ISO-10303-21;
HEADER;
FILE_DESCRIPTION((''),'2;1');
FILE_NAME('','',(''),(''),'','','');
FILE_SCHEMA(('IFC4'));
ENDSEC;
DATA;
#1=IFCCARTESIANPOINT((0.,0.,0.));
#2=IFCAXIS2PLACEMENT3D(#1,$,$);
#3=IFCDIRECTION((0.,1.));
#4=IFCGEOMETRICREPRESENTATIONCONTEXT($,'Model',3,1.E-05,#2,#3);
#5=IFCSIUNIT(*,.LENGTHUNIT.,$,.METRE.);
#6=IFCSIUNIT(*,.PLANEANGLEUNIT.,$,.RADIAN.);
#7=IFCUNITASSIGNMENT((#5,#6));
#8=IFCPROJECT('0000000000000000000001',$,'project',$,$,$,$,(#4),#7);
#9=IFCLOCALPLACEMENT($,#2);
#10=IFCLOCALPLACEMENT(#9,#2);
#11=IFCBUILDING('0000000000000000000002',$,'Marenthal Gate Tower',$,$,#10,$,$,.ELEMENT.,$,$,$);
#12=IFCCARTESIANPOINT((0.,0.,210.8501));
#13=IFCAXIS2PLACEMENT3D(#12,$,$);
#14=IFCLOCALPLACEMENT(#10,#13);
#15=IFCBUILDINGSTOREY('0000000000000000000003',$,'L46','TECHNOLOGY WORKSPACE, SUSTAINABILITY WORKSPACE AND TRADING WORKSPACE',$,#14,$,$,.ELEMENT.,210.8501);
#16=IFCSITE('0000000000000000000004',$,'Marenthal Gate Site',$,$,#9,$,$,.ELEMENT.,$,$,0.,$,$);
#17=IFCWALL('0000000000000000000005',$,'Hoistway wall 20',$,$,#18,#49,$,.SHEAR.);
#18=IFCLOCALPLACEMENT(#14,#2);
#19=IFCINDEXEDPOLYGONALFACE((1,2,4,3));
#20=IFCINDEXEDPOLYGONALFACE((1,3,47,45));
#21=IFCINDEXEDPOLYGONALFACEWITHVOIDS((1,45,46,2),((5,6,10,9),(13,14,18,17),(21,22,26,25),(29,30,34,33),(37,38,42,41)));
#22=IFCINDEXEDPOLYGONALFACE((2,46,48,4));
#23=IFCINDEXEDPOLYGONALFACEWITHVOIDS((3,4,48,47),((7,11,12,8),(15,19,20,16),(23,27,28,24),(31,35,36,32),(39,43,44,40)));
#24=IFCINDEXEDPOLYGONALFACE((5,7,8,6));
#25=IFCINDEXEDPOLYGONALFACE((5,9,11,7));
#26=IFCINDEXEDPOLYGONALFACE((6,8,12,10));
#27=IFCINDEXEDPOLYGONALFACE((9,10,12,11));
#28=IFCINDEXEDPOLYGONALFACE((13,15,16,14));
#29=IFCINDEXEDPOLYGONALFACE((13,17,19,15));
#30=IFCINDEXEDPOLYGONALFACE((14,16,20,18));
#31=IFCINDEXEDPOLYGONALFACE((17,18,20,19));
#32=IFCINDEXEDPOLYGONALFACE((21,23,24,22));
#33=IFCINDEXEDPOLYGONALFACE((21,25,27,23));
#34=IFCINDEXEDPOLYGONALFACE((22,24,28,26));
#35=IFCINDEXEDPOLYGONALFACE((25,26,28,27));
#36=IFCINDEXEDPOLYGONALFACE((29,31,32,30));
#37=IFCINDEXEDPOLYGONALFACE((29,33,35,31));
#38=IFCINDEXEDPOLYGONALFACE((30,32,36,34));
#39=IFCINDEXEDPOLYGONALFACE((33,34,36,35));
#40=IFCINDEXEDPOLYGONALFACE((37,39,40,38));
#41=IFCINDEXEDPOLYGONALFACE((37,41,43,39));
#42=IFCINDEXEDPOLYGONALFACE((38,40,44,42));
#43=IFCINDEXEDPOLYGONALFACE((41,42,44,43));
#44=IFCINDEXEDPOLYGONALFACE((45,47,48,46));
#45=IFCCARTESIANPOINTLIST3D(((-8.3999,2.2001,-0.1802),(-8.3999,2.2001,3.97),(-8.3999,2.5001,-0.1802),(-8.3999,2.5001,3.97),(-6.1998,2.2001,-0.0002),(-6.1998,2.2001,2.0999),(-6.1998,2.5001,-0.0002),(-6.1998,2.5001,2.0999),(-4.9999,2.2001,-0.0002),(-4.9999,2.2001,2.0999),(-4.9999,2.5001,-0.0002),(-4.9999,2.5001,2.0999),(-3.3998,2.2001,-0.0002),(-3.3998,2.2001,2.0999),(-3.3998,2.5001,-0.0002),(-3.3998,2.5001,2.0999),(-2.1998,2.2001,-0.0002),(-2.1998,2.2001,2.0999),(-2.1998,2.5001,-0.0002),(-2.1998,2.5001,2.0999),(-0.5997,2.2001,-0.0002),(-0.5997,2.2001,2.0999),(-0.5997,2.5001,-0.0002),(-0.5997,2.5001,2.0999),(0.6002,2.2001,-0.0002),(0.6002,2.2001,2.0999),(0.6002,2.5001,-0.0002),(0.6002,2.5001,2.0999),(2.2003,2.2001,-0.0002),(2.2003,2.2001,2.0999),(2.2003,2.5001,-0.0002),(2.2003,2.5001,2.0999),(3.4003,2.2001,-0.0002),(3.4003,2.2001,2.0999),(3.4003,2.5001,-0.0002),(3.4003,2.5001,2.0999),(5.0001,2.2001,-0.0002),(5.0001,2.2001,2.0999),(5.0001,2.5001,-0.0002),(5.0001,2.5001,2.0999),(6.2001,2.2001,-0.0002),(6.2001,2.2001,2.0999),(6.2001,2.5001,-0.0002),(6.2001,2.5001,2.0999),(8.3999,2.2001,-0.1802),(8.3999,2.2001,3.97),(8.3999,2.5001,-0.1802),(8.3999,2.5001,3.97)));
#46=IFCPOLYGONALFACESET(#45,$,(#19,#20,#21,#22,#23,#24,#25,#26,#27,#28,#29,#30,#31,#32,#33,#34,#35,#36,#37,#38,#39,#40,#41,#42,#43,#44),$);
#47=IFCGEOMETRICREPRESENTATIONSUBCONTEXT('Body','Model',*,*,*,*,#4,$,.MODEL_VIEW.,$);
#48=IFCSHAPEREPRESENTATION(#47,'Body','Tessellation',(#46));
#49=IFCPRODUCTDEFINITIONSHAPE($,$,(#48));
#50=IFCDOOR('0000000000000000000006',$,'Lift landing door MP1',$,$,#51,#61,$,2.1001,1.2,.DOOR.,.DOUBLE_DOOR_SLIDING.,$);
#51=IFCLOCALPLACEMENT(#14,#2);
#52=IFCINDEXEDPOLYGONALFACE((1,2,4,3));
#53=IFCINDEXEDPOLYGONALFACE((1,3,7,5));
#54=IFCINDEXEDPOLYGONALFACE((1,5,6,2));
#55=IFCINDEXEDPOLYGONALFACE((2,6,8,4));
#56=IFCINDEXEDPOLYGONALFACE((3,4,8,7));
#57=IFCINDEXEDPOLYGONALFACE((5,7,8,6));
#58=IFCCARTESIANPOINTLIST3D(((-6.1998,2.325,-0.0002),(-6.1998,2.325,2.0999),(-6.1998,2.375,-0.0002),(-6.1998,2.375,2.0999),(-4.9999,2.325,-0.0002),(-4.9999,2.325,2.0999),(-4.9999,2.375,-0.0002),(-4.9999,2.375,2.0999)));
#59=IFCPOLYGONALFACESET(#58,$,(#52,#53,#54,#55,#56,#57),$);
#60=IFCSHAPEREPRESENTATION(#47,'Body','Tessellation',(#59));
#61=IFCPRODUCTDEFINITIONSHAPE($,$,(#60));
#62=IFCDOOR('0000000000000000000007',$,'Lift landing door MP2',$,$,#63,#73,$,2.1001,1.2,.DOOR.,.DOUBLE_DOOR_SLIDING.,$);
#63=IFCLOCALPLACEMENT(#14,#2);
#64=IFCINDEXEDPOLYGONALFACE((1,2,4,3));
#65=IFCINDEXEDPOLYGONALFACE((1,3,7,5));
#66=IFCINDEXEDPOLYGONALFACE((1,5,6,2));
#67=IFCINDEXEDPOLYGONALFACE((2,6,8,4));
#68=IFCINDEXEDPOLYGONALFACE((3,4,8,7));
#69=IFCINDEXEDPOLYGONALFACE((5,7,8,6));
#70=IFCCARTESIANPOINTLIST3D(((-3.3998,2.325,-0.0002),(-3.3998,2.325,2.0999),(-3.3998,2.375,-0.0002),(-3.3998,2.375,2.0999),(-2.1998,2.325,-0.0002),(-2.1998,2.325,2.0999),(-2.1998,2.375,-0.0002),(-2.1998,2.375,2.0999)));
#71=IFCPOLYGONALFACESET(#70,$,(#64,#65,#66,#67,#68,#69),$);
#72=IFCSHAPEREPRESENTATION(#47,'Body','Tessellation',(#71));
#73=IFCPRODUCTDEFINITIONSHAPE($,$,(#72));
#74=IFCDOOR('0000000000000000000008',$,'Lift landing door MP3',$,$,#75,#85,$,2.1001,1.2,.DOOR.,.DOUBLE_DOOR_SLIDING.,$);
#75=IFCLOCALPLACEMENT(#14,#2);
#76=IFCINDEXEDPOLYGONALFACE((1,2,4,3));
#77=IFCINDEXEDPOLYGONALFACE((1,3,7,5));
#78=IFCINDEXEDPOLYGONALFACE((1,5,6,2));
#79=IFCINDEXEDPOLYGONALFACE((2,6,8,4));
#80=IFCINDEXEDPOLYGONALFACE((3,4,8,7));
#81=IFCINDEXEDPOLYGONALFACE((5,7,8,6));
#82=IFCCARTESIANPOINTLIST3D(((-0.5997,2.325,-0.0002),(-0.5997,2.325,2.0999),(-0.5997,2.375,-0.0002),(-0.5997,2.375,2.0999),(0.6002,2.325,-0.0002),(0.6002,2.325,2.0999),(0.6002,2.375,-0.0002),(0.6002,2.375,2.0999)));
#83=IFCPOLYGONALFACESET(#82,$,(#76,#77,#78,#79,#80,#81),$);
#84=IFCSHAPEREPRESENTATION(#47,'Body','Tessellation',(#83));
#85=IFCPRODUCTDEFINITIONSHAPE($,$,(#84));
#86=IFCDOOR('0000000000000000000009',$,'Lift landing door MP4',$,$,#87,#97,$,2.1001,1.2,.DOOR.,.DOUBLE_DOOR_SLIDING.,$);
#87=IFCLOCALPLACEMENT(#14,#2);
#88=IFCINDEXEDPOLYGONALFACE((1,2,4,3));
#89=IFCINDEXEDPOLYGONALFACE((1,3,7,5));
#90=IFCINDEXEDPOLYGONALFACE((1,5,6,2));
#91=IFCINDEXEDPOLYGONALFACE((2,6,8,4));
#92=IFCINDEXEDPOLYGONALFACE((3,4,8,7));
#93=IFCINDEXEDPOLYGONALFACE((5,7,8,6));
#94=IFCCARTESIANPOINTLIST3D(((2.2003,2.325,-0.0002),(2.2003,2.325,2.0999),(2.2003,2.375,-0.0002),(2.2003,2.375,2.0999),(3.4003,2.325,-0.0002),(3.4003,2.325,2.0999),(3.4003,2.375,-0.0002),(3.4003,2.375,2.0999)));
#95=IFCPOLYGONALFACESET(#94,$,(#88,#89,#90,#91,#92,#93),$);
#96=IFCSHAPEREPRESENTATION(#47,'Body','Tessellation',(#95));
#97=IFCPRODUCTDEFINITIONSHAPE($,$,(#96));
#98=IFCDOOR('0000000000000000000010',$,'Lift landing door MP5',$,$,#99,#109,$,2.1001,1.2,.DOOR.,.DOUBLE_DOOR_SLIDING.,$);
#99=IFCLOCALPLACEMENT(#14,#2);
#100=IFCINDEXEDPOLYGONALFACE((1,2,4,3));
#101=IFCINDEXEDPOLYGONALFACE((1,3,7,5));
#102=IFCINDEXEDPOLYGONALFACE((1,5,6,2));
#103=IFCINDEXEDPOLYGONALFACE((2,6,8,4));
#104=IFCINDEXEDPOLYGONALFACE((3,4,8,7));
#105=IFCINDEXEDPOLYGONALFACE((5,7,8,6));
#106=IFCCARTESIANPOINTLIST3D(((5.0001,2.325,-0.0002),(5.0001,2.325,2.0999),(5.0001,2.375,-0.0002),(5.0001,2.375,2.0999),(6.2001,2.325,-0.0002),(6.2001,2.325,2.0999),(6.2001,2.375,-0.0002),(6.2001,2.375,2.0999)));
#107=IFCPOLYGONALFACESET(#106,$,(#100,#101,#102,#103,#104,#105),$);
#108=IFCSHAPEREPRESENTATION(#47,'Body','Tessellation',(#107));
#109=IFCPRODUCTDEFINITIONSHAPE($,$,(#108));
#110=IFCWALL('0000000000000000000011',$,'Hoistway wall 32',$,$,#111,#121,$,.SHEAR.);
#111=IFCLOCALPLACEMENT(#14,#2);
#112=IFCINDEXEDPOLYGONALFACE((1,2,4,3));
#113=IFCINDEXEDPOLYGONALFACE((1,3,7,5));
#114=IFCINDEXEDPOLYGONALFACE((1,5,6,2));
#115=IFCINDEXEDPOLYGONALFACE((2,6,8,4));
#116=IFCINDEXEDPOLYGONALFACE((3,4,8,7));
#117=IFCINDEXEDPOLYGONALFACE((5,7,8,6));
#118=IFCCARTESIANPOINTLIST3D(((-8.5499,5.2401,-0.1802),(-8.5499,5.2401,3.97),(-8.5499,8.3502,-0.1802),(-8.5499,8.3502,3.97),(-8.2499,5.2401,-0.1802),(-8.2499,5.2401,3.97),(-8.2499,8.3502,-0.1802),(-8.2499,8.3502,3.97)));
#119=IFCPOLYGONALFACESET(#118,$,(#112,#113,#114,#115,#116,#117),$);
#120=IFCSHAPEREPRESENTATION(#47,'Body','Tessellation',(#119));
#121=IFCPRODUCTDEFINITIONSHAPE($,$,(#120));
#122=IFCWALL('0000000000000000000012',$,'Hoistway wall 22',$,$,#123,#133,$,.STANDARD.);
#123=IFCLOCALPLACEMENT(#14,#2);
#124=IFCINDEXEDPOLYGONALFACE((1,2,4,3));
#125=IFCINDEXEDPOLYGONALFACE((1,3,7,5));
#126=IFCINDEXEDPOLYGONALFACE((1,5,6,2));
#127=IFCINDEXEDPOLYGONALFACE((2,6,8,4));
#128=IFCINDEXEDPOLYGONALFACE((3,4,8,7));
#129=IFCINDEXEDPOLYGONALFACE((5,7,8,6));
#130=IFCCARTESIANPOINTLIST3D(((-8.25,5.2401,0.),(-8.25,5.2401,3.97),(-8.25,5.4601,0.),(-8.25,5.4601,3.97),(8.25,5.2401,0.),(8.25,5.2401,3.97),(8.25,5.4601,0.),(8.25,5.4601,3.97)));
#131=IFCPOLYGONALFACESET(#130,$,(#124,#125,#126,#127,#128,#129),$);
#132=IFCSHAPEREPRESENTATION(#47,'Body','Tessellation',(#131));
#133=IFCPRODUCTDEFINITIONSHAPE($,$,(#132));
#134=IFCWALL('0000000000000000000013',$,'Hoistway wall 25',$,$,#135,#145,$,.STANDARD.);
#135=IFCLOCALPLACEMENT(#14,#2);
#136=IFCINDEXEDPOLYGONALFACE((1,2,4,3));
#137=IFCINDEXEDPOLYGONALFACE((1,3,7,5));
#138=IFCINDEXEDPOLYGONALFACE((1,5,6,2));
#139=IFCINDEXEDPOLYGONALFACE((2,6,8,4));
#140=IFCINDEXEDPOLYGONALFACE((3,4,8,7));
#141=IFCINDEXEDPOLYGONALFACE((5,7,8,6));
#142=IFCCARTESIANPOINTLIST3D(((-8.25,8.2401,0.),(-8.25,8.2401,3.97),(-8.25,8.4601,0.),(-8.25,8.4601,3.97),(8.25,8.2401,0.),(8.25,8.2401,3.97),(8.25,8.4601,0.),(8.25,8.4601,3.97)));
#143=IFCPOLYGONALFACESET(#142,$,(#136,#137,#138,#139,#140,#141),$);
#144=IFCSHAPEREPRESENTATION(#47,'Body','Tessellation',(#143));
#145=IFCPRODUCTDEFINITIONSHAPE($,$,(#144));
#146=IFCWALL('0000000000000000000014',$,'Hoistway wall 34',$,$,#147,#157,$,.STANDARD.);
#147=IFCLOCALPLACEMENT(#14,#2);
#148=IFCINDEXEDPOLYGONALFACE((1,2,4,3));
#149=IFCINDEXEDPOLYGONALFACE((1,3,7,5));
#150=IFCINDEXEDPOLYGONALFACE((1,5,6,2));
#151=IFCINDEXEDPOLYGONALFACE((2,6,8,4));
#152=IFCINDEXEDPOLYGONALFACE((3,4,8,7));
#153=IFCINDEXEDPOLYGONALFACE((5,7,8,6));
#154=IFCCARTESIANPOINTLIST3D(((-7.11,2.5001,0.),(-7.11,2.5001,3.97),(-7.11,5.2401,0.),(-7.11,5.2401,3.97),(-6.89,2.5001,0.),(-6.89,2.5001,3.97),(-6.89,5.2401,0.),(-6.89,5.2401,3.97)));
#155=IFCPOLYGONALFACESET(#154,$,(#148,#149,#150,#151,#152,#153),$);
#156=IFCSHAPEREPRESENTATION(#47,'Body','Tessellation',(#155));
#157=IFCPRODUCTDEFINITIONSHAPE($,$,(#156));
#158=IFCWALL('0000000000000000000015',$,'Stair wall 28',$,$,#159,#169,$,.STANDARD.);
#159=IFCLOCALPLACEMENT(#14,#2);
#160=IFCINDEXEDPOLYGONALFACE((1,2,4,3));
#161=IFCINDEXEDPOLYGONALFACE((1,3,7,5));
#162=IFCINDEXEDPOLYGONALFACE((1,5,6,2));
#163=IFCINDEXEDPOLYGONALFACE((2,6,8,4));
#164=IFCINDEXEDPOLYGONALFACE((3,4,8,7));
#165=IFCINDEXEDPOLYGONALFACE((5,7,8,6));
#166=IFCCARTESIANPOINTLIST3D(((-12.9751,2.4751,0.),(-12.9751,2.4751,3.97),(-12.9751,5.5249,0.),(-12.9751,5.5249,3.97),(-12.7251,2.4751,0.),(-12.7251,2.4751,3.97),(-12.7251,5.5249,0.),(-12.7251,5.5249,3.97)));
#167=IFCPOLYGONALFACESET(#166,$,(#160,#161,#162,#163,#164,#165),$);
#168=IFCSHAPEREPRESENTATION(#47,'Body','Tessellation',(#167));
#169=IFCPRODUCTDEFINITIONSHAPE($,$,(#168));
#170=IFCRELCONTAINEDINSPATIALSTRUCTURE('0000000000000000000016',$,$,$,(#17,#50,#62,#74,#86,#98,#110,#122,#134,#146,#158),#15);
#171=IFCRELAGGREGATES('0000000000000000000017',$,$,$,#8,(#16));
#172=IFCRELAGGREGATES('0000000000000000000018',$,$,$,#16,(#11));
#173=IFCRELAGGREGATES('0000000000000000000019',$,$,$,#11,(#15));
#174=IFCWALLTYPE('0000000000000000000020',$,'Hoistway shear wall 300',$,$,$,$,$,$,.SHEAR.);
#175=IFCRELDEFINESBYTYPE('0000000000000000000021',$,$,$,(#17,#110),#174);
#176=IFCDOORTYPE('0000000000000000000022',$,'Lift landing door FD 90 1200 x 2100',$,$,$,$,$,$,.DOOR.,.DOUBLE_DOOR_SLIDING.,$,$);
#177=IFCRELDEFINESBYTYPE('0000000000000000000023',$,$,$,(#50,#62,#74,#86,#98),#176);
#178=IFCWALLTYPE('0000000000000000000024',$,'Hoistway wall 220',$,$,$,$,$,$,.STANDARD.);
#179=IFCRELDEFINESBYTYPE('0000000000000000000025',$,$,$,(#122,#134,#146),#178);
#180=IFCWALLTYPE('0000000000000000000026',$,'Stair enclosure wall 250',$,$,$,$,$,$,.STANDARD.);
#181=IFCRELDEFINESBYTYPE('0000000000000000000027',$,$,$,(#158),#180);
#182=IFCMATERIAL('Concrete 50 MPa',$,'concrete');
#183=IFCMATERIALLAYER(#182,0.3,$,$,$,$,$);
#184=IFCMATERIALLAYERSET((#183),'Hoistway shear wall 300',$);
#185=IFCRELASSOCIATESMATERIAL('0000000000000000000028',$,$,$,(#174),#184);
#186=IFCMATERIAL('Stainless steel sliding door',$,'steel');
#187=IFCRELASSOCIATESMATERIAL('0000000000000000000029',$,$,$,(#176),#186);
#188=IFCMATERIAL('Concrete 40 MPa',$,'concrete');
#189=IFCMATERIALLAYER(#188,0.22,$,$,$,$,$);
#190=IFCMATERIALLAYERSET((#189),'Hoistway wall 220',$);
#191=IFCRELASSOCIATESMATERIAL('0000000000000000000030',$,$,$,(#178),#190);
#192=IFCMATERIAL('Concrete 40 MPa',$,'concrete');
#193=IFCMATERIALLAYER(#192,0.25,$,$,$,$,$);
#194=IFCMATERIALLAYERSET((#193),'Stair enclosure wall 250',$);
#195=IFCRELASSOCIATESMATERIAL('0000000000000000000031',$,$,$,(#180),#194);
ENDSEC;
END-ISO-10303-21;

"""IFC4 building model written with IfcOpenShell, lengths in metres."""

from ifc_helpers import new_model, si_unit, direction, frame, frame_2d, origin, place, context, subcontext, project, spatial, rectangle, extrude, material, layer, layer_set, type_object, element, fill, save


model = new_model("IFC4")

# Units and contexts
model_context = context("Model", 3, precision=1e-05, world=origin(), true_north=direction((0.0, 1.0)))
body_context = subcontext(model_context, "Body", "Model", "MODEL_VIEW")
ifc_project = project(units=[si_unit("LENGTHUNIT", "METRE"), si_unit("PLANEANGLEUNIT", "RADIAN")], contexts=[model_context])

# Site, building, storey
site_placement = place(None, origin())
site = spatial("IfcSite", under=ifc_project, at=site_placement, Name="Marenthal Gate Site", CompositionType="ELEMENT", RefElevation=0.0)
building_placement = place(site_placement, origin())
building = spatial("IfcBuilding", under=site, at=building_placement, Name="Marenthal Gate Tower", CompositionType="ELEMENT")
storey_placement = place(building_placement, frame((0.0, 0.0, 210.8501)))
storey = spatial("IfcBuildingStorey", under=building, at=storey_placement, Name="L46", Description="TECHNOLOGY WORKSPACE, SUSTAINABILITY WORKSPACE AND TRADING WORKSPACE", CompositionType="ELEMENT", Elevation=210.8501)

# Wall, openings, doors
ifc_material_1 = material(Name="Concrete 50 MPa", Category="concrete")
ifc_layer_1 = layer(ifc_material_1, 0.3)
ifc_layer_set_1 = layer_set([ifc_layer_1], Name="Hoistway shear wall 300")
wall_type_1 = type_object("IfcWallType", Name="Hoistway shear wall 300", PredefinedType="SHEAR", material=ifc_layer_set_1)
wall_1_placement = place(storey_placement, frame((-8.3999, 2.3501, -0.1802), z_axis=(0.0, 0.0, 1.0), x_axis=(1.0, 0.0, 0.0)))
wall_1 = element("IfcWall", 1, at=wall_1_placement, inside=storey, type_object=wall_type_1, Name="Hoistway wall 20", PredefinedType="SHEAR", context=body_context, shape_type="SweptSolid", body=[
    extrude(rectangle(XDim=16.7998, YDim=0.3, at=frame_2d((8.3999, 0.0))), origin(), (0.0, 0.0, 1.0), 4.1501),
])
opening_1_placement = place(wall_1_placement, frame((2.2, 0.0, 0.1799)))
opening_1 = element("IfcOpeningElement", 2, at=opening_1_placement, cuts=wall_1, PredefinedType="OPENING", context=body_context, shape_type="SweptSolid", body=[
    extrude(rectangle(XDim=1.2, YDim=2.1001, at=frame_2d((0.6001, 1.05))), frame((0.0, 0.1602, 0.0), z_axis=(0.0, -1.0, 0.0), x_axis=(1.0, 0.0, 0.0)), (0.0, 0.0, 1.0), 0.3201),
])
opening_2_placement = place(wall_1_placement, frame((5.0, 0.0, 0.1799)))
opening_2 = element("IfcOpeningElement", 3, at=opening_2_placement, cuts=wall_1, PredefinedType="OPENING", context=body_context, shape_type="SweptSolid", body=[
    extrude(rectangle(XDim=1.2, YDim=2.1001, at=frame_2d((0.6001, 1.05))), frame((0.0, 0.1602, 0.0), z_axis=(0.0, -1.0, 0.0), x_axis=(1.0, 0.0, 0.0)), (0.0, 0.0, 1.0), 0.3201),
])
opening_3_placement = place(wall_1_placement, frame((7.8, 0.0, 0.1799)))
opening_3 = element("IfcOpeningElement", 4, at=opening_3_placement, cuts=wall_1, PredefinedType="OPENING", context=body_context, shape_type="SweptSolid", body=[
    extrude(rectangle(XDim=1.2, YDim=2.1001, at=frame_2d((0.6001, 1.05))), frame((0.0, 0.1602, 0.0), z_axis=(0.0, -1.0, 0.0), x_axis=(1.0, 0.0, 0.0)), (0.0, 0.0, 1.0), 0.3201),
])
opening_4_placement = place(wall_1_placement, frame((10.6001, 0.0, 0.1799)))
opening_4 = element("IfcOpeningElement", 5, at=opening_4_placement, cuts=wall_1, PredefinedType="OPENING", context=body_context, shape_type="SweptSolid", body=[
    extrude(rectangle(XDim=1.2, YDim=2.1001, at=frame_2d((0.6001, 1.05))), frame((0.0, 0.1602, 0.0), z_axis=(0.0, -1.0, 0.0), x_axis=(1.0, 0.0, 0.0)), (0.0, 0.0, 1.0), 0.3201),
])
opening_5_placement = place(wall_1_placement, frame((13.3999, 0.0, 0.1799)))
opening_5 = element("IfcOpeningElement", 6, at=opening_5_placement, cuts=wall_1, PredefinedType="OPENING", context=body_context, shape_type="SweptSolid", body=[
    extrude(rectangle(XDim=1.2, YDim=2.1001, at=frame_2d((0.6001, 1.05))), frame((0.0, 0.1602, 0.0), z_axis=(0.0, -1.0, 0.0), x_axis=(1.0, 0.0, 0.0)), (0.0, 0.0, 1.0), 0.3201),
])
ifc_material_2 = material(Name="Stainless steel sliding door", Category="steel")
door_type = type_object("IfcDoorType", Name="Lift landing door FD 90 1200 x 2100", OperationType="DOUBLE_DOOR_SLIDING", PredefinedType="DOOR", material=ifc_material_2)
door_1_placement = place(opening_1_placement, origin())
door_1 = element("IfcDoor", 7, at=door_1_placement, inside=storey, type_object=door_type, Name="Lift landing door MP1", OperationType="DOUBLE_DOOR_SLIDING", OverallHeight=2.1001, OverallWidth=1.2, PredefinedType="DOOR", context=body_context, shape_type="SweptSolid", body=[
    extrude(rectangle(XDim=1.2, YDim=2.1001, at=frame_2d((0.6001, 1.05))), frame((0.0, 0.0249, 0.0), z_axis=(0.0, -1.0, 0.0), x_axis=(1.0, 0.0, 0.0)), (0.0, 0.0, 1.0), 0.05),
])
fill(opening_1, door_1)
door_2_placement = place(opening_2_placement, origin())
door_2 = element("IfcDoor", 8, at=door_2_placement, inside=storey, type_object=door_type, Name="Lift landing door MP2", OperationType="DOUBLE_DOOR_SLIDING", OverallHeight=2.1001, OverallWidth=1.2, PredefinedType="DOOR", context=body_context, shape_type="SweptSolid", body=[
    extrude(rectangle(XDim=1.2, YDim=2.1001, at=frame_2d((0.6001, 1.05))), frame((0.0, 0.0249, 0.0), z_axis=(0.0, -1.0, 0.0), x_axis=(1.0, 0.0, 0.0)), (0.0, 0.0, 1.0), 0.05),
])
fill(opening_2, door_2)
door_3_placement = place(opening_3_placement, origin())
door_3 = element("IfcDoor", 9, at=door_3_placement, inside=storey, type_object=door_type, Name="Lift landing door MP3", OperationType="DOUBLE_DOOR_SLIDING", OverallHeight=2.1001, OverallWidth=1.2, PredefinedType="DOOR", context=body_context, shape_type="SweptSolid", body=[
    extrude(rectangle(XDim=1.2, YDim=2.1001, at=frame_2d((0.6001, 1.05))), frame((0.0, 0.0249, 0.0), z_axis=(0.0, -1.0, 0.0), x_axis=(1.0, 0.0, 0.0)), (0.0, 0.0, 1.0), 0.05),
])
fill(opening_3, door_3)
door_4_placement = place(opening_4_placement, origin())
door_4 = element("IfcDoor", 10, at=door_4_placement, inside=storey, type_object=door_type, Name="Lift landing door MP4", OperationType="DOUBLE_DOOR_SLIDING", OverallHeight=2.1001, OverallWidth=1.2, PredefinedType="DOOR", context=body_context, shape_type="SweptSolid", body=[
    extrude(rectangle(XDim=1.2, YDim=2.1001, at=frame_2d((0.6001, 1.05))), frame((0.0, 0.0249, 0.0), z_axis=(0.0, -1.0, 0.0), x_axis=(1.0, 0.0, 0.0)), (0.0, 0.0, 1.0), 0.05),
])
fill(opening_4, door_4)
door_5_placement = place(opening_5_placement, origin())
door_5 = element("IfcDoor", 11, at=door_5_placement, inside=storey, type_object=door_type, Name="Lift landing door MP5", OperationType="DOUBLE_DOOR_SLIDING", OverallHeight=2.1001, OverallWidth=1.2, PredefinedType="DOOR", context=body_context, shape_type="SweptSolid", body=[
    extrude(rectangle(XDim=1.2, YDim=2.1001, at=frame_2d((0.6001, 1.05))), frame((0.0, 0.0249, 0.0), z_axis=(0.0, -1.0, 0.0), x_axis=(1.0, 0.0, 0.0)), (0.0, 0.0, 1.0), 0.05),
])
fill(opening_5, door_5)

# Walls
wall_2_placement = place(storey_placement, frame((-8.3999, 5.24, -0.1802), z_axis=(0.0, 0.0, 1.0), x_axis=(0.0, 1.0, 0.0)))
element("IfcWall", 12, at=wall_2_placement, inside=storey, type_object=wall_type_1, Name="Hoistway wall 32", PredefinedType="SHEAR", context=body_context, shape_type="SweptSolid", body=[
    extrude(rectangle(XDim=3.1101, YDim=0.3, at=frame_2d((1.5552, 0.0))), origin(), (0.0, 0.0, 1.0), 4.1501),
])
ifc_material_3 = material(Name="Concrete 40 MPa", Category="concrete")
ifc_layer_2 = layer(ifc_material_3, 0.22)
ifc_layer_set_2 = layer_set([ifc_layer_2], Name="Hoistway wall 220")
wall_type_2 = type_object("IfcWallType", Name="Hoistway wall 220", PredefinedType="STANDARD", material=ifc_layer_set_2)
for number, where, z_axis, x_axis, name in (
    (13, (-8.25, 5.3501, 0.0), (0.0, 0.0, 1.0), (1.0, 0.0, 0.0), "Hoistway wall 22"),
    (14, (-8.25, 8.3501, 0.0), (0.0, 0.0, 1.0), (1.0, 0.0, 0.0), "Hoistway wall 25"),
):
    element("IfcWall", number, at=place(storey_placement, frame(where, z_axis=z_axis, x_axis=x_axis)), inside=storey, type_object=wall_type_2, Name=name, PredefinedType="STANDARD", context=body_context, shape_type="SweptSolid", body=[
        extrude(rectangle(XDim=16.5, YDim=0.22, at=frame_2d((8.25, 0.0))), origin(), (0.0, 0.0, 1.0), 3.97),
    ])
wall_3_placement = place(storey_placement, frame((-7.0, 2.5, 0.0), z_axis=(0.0, 0.0, 1.0), x_axis=(0.0, 1.0, 0.0)))
element("IfcWall", 15, at=wall_3_placement, inside=storey, type_object=wall_type_2, Name="Hoistway wall 34", PredefinedType="STANDARD", context=body_context, shape_type="SweptSolid", body=[
    extrude(rectangle(XDim=2.74, YDim=0.22, at=frame_2d((1.3701, 0.0))), origin(), (0.0, 0.0, 1.0), 3.97),
])
ifc_material_4 = material(Name="Concrete 40 MPa", Category="concrete")
ifc_layer_3 = layer(ifc_material_4, 0.25)
ifc_layer_set_3 = layer_set([ifc_layer_3], Name="Stair enclosure wall 250")
wall_type_3 = type_object("IfcWallType", Name="Stair enclosure wall 250", PredefinedType="STANDARD", material=ifc_layer_set_3)
wall_4_placement = place(storey_placement, frame((-12.8501, 2.4751, 0.0), z_axis=(0.0, 0.0, 1.0), x_axis=(0.0, 1.0, 0.0)))
element("IfcWall", 16, at=wall_4_placement, inside=storey, type_object=wall_type_3, Name="Stair wall 28", PredefinedType="STANDARD", context=body_context, shape_type="SweptSolid", body=[
    extrude(rectangle(XDim=3.0498, YDim=0.25, at=frame_2d((1.5249, 0.0))), origin(), (0.0, 0.0, 1.0), 3.97),
])

save(model, "model.ifc")
